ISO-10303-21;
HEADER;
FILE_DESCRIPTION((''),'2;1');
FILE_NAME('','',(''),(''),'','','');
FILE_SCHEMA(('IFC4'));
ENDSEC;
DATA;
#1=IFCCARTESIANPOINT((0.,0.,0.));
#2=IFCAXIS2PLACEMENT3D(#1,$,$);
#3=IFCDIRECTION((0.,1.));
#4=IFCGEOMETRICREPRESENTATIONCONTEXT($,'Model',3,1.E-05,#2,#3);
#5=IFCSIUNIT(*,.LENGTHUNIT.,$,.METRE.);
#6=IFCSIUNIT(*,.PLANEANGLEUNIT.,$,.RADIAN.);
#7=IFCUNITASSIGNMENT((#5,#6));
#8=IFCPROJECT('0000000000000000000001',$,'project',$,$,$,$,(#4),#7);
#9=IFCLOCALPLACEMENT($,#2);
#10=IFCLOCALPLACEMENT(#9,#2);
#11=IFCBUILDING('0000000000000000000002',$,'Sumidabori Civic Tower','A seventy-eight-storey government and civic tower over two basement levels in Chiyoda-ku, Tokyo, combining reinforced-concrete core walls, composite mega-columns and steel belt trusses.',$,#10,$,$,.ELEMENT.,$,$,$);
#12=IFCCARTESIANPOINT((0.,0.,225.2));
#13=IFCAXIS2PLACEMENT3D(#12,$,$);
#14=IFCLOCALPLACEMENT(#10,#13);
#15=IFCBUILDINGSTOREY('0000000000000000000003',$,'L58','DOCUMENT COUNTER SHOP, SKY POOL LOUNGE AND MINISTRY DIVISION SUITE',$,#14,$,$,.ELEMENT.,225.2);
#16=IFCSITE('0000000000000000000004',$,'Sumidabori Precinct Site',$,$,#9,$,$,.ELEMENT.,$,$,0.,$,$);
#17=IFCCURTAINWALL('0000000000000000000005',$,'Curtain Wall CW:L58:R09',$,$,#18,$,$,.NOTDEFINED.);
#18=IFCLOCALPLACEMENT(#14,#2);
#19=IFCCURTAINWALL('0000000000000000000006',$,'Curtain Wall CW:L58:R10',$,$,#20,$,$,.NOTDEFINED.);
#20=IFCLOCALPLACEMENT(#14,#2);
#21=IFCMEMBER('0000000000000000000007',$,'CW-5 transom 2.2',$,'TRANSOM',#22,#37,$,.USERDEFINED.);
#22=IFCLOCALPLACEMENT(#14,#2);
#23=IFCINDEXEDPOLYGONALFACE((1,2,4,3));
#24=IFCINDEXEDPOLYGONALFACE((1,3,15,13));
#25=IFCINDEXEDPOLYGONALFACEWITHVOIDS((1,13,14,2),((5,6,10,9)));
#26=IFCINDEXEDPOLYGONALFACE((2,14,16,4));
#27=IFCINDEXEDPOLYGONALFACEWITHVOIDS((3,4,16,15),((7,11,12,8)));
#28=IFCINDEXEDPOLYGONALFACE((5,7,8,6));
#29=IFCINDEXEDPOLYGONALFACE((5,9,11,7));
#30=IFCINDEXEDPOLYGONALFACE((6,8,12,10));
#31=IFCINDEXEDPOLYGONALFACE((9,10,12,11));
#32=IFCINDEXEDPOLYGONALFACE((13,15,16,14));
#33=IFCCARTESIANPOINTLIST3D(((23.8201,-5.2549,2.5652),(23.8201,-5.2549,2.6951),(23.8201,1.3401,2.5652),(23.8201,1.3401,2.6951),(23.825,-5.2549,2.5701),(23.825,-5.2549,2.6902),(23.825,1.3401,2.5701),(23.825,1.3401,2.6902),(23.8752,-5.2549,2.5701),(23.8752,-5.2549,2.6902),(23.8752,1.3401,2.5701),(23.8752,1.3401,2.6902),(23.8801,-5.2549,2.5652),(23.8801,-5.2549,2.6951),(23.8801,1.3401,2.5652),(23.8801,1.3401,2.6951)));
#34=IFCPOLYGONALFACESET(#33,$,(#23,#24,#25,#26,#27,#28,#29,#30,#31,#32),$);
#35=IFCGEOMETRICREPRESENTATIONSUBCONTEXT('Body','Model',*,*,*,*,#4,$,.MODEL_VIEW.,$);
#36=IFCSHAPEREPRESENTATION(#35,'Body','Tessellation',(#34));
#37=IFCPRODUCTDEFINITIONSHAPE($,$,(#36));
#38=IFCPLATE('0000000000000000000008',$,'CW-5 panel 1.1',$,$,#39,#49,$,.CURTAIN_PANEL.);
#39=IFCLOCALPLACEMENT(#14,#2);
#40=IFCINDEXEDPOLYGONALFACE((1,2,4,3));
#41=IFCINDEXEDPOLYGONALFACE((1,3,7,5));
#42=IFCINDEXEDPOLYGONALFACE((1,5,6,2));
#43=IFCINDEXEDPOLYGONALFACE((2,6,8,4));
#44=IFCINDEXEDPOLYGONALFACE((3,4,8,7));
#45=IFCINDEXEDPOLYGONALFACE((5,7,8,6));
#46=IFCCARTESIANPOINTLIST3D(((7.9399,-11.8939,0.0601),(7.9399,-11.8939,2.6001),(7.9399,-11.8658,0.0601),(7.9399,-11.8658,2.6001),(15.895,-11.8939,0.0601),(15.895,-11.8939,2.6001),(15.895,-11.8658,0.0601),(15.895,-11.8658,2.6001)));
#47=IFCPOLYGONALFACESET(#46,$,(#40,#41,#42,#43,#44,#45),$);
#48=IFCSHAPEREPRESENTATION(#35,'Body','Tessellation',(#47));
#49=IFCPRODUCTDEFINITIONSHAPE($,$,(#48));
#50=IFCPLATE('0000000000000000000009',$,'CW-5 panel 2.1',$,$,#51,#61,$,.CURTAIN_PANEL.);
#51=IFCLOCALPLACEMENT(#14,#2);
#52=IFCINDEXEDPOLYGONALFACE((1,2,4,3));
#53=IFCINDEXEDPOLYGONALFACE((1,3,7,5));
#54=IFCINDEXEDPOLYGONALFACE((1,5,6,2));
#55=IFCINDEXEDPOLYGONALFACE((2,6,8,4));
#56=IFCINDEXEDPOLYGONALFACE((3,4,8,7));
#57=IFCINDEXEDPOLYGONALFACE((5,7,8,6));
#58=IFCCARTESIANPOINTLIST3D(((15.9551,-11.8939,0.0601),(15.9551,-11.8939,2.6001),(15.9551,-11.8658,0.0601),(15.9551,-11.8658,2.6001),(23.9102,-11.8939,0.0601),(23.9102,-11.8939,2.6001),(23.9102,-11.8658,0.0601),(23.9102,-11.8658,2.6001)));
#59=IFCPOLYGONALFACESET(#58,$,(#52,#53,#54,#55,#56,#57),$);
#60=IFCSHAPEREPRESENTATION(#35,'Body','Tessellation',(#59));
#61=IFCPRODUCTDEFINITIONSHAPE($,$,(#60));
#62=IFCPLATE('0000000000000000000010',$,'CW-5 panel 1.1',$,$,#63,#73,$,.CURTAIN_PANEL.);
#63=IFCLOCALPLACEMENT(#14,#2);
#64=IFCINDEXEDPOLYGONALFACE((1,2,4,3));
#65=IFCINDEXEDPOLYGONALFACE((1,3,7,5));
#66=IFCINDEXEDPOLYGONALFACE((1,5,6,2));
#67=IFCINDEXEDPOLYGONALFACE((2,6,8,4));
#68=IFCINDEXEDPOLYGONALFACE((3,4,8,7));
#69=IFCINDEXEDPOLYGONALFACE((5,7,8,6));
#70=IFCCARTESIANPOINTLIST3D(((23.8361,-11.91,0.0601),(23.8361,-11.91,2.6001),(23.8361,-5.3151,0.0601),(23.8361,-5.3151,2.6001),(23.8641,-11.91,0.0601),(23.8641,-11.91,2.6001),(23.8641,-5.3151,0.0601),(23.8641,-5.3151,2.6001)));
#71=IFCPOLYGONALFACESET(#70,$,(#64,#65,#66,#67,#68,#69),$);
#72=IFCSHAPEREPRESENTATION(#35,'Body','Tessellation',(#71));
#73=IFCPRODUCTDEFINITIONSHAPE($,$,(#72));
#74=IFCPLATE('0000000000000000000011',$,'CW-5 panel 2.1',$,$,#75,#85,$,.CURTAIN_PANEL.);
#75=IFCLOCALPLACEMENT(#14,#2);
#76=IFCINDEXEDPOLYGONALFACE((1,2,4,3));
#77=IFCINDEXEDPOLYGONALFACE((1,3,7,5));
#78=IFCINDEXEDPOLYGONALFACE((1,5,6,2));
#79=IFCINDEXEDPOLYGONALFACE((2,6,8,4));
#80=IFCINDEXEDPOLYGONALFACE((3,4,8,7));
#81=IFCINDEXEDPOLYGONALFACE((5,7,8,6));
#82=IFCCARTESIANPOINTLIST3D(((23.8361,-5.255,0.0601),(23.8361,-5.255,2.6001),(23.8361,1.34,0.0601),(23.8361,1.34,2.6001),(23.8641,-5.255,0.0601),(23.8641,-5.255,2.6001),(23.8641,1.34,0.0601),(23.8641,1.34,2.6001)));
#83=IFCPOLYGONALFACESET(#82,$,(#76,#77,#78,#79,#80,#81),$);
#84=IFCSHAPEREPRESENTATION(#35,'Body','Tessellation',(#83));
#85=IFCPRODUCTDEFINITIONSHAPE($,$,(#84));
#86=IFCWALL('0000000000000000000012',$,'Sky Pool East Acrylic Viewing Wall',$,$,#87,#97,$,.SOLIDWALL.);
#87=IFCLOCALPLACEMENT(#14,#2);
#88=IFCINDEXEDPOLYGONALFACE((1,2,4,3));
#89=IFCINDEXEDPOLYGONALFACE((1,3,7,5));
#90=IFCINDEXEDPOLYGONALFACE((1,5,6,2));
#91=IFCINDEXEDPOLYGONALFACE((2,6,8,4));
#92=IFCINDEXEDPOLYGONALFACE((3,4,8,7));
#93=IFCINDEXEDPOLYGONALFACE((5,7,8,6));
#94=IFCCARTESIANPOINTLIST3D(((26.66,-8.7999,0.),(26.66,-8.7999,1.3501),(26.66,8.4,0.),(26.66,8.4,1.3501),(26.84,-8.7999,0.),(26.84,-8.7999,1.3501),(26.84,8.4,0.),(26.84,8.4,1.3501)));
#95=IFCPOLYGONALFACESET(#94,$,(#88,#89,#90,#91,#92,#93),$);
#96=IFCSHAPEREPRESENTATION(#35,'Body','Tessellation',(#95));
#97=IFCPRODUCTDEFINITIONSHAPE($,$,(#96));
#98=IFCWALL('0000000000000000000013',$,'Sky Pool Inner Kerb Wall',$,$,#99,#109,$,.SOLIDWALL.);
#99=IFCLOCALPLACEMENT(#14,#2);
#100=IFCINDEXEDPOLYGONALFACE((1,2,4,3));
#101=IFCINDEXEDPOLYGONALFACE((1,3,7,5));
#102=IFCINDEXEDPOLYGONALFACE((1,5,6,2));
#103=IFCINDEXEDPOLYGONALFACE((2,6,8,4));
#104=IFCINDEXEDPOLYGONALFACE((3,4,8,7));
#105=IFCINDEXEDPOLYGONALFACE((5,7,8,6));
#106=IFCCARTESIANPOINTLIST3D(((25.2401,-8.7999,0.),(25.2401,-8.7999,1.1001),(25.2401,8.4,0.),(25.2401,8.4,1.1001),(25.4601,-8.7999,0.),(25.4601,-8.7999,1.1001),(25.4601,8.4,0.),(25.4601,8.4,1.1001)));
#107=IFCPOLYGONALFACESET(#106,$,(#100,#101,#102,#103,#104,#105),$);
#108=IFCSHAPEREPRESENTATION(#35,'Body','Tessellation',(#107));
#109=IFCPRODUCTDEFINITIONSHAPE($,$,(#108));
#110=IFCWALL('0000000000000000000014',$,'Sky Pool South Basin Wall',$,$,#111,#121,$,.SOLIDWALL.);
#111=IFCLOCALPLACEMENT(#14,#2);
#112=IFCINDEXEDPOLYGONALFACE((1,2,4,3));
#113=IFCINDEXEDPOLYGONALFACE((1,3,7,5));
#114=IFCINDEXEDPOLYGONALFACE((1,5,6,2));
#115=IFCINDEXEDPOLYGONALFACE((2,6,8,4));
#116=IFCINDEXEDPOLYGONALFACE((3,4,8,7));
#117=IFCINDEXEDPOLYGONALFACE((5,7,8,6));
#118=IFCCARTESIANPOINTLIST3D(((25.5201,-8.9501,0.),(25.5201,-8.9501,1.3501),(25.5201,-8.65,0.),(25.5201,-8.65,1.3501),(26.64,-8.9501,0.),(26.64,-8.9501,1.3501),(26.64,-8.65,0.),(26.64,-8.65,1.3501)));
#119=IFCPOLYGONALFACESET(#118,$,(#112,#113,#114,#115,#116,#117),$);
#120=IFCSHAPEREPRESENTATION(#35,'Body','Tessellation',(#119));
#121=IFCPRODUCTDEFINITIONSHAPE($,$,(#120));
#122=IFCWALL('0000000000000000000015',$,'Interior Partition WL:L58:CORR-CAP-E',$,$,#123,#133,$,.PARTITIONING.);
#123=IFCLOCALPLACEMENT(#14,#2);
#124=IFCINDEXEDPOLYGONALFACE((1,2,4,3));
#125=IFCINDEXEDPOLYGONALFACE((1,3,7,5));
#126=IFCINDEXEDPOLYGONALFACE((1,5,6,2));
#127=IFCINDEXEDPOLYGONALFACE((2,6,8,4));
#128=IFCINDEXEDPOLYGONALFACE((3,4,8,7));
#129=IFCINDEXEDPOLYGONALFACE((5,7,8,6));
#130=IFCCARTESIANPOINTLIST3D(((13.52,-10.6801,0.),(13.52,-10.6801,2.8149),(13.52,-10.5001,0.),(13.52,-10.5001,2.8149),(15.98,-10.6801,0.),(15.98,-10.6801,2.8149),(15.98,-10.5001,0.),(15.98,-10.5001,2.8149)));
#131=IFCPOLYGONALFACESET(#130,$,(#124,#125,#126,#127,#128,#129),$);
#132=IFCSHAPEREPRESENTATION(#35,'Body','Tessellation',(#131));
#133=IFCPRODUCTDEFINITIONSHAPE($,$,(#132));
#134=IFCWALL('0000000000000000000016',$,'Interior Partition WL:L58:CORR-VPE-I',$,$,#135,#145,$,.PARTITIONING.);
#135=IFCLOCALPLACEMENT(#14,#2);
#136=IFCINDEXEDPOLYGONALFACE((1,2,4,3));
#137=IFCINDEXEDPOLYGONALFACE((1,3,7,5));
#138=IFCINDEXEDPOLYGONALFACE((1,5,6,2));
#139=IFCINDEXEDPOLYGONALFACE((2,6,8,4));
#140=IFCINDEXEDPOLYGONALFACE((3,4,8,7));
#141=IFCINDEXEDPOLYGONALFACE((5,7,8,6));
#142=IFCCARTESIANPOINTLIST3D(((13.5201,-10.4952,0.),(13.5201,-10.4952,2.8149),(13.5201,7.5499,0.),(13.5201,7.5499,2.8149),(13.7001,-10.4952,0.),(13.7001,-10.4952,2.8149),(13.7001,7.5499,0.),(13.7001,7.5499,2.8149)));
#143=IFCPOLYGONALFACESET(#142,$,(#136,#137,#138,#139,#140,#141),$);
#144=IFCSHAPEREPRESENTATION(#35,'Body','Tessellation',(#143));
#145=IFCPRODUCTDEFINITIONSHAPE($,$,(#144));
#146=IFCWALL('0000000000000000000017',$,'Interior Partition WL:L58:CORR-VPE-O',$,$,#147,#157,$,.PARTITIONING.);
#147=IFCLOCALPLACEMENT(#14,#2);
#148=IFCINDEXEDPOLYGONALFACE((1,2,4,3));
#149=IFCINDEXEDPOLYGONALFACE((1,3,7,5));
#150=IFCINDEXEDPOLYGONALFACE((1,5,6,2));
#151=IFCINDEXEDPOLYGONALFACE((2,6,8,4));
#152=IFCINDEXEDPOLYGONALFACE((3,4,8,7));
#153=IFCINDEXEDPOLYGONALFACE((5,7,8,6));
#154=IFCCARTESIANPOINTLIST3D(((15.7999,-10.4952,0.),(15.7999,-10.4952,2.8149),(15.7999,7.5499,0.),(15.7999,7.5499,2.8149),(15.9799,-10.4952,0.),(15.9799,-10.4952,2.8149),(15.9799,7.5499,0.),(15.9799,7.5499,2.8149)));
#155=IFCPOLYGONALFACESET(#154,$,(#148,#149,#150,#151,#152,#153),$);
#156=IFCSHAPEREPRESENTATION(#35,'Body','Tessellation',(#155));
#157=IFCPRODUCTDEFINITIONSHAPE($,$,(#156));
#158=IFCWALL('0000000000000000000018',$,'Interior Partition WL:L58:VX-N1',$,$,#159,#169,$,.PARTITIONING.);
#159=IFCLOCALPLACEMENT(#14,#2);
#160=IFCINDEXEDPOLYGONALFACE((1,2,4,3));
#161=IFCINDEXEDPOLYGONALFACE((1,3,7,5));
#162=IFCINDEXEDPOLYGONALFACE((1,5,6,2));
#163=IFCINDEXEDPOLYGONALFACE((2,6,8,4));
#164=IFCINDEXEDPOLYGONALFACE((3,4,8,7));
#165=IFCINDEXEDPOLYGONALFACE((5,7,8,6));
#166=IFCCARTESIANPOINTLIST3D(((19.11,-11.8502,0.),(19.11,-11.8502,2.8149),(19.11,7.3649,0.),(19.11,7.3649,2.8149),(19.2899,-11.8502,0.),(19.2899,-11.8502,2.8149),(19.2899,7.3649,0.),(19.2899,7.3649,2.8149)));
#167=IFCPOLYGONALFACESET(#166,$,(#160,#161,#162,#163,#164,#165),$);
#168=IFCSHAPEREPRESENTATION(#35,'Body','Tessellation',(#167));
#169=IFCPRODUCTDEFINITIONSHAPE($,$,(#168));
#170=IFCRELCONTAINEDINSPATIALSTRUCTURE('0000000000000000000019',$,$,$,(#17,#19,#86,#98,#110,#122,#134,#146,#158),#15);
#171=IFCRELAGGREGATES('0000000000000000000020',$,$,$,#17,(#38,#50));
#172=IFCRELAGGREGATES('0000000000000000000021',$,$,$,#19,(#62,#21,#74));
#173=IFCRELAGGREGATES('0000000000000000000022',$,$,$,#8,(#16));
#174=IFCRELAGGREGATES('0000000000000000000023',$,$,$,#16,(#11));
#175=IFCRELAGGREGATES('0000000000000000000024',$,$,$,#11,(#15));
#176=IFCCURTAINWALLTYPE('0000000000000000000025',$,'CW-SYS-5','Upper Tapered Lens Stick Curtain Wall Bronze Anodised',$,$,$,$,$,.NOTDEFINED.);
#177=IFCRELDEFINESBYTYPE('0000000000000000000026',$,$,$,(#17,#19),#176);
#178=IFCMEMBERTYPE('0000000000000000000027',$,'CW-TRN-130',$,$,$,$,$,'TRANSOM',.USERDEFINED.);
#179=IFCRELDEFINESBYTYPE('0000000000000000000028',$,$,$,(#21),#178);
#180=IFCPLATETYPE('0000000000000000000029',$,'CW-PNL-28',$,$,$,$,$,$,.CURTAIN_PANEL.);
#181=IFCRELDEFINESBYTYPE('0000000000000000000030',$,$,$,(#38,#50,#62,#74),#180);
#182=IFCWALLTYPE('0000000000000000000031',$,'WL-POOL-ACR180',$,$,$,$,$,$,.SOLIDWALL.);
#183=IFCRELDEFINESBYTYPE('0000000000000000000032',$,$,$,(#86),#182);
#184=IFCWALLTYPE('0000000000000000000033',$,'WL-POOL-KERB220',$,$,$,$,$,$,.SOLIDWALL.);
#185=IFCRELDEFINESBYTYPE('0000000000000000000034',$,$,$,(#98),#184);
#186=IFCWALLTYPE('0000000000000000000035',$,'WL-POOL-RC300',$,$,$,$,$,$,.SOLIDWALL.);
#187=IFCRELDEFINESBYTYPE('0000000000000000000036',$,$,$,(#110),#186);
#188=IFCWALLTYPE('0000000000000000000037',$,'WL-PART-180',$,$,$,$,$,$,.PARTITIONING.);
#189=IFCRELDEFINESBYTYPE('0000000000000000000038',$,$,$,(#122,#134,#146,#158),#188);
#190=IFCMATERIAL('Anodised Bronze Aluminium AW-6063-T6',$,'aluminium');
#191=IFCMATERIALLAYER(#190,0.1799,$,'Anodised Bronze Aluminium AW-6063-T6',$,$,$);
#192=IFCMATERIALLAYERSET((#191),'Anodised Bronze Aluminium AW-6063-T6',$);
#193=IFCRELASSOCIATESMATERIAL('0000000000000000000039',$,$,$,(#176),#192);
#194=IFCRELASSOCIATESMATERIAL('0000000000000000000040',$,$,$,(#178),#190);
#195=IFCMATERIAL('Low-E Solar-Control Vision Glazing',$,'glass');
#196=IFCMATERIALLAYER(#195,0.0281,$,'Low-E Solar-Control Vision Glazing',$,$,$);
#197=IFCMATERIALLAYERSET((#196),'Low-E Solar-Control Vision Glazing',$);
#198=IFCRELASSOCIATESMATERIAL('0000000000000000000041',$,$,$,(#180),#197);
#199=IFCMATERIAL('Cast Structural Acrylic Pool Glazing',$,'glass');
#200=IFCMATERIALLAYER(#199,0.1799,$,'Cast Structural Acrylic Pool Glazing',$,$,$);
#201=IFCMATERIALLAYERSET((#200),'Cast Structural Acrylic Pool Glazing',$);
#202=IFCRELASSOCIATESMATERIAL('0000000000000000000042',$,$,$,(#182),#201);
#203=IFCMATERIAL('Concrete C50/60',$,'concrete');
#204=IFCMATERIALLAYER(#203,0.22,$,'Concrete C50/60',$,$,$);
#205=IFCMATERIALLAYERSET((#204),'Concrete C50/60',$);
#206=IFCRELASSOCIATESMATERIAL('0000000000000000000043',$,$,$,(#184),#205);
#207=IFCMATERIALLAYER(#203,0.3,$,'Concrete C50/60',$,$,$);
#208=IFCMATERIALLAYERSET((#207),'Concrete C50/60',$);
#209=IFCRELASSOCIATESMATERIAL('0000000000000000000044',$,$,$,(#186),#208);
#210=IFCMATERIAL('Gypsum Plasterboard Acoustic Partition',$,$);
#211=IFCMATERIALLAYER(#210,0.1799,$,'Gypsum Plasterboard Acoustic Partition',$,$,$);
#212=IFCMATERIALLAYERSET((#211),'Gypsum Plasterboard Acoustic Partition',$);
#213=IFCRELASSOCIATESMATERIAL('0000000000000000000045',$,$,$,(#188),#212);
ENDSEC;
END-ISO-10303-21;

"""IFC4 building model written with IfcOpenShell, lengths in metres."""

from ifc_helpers import new_model, si_unit, direction, frame, frame_2d, origin, origin_2d, place, context, subcontext, project, spatial, rectangle, hollow_rectangle, extrude, source, transform, mapped, material, layer, layer_set, material_profile, profile_set, type_object, element, aggregate, save


model = new_model("IFC4")

# Units and contexts
model_context = context("Model", 3, precision=1e-05, world=origin(), true_north=direction((0.0, 1.0)))
body_context = subcontext(model_context, "Body", "Model", "MODEL_VIEW")
ifc_project = project(units=[si_unit("LENGTHUNIT", "METRE"), si_unit("PLANEANGLEUNIT", "RADIAN")], contexts=[model_context])

# Site, building, storey
site_placement = place(None, origin())
site = spatial("IfcSite", under=ifc_project, at=site_placement, Name="Sumidabori Precinct Site", CompositionType="ELEMENT", RefElevation=0.0)
building_placement = place(site_placement, origin())
building = spatial("IfcBuilding", under=site, at=building_placement, Name="Sumidabori Civic Tower", Description="A seventy-eight-storey government and civic tower over two basement levels in Chiyoda-ku, Tokyo, combining reinforced-concrete core walls, composite mega-columns and steel belt trusses.", CompositionType="ELEMENT")
storey_placement = place(building_placement, frame((0.0, 0.0, 225.2)))
storey = spatial("IfcBuildingStorey", under=building, at=storey_placement, Name="L58", Description="DOCUMENT COUNTER SHOP, SKY POOL LOUNGE AND MINISTRY DIVISION SUITE", CompositionType="ELEMENT", Elevation=225.2)

# Curtain walls, member
ifc_material_1 = material(Name="Anodised Bronze Aluminium AW-6063-T6", Category="aluminium")
ifc_layer_1 = layer(ifc_material_1, 0.1799, Name="Anodised Bronze Aluminium AW-6063-T6")
ifc_layer_set_1 = layer_set([ifc_layer_1], Name="Anodised Bronze Aluminium AW-6063-T6")
curtain_wall_type = type_object("IfcCurtainWallType", Name="CW-SYS-5", Description="Upper Tapered Lens Stick Curtain Wall Bronze Anodised", PredefinedType="NOTDEFINED", material=ifc_layer_set_1)
curtain_wall_1_placement = place(storey_placement, origin())
curtain_wall_1 = element("IfcCurtainWall", 1, at=curtain_wall_1_placement, inside=storey, type_object=curtain_wall_type, Name="Curtain Wall CW:L58:R09", PredefinedType="NOTDEFINED")
ifc_material_profile_1 = material_profile(ifc_material_1, hollow_rectangle(XDim=0.0601, YDim=0.1299, WallThickness=0.0049, at=origin_2d()), Name="ALU TRANSOM 130x60")
ifc_profile_set_1 = profile_set([ifc_material_profile_1], Name="Anodised Bronze Aluminium AW-6063-T6")
member_type_1 = type_object("IfcMemberType", Name="CW-TRN-130", ElementType="TRANSOM", PredefinedType="USERDEFINED", material=ifc_profile_set_1)
curtain_wall_2_placement = place(storey_placement, origin())
curtain_wall_2 = element("IfcCurtainWall", 2, at=curtain_wall_2_placement, inside=storey, type_object=curtain_wall_type, Name="Curtain Wall CW:L58:R10", PredefinedType="NOTDEFINED")
shared_shape_1 = source(origin(), body_context, "Body", "SweptSolid", [
    extrude(hollow_rectangle(XDim=0.0601, YDim=0.1299, WallThickness=0.0049, at=origin_2d()), origin(), (0.0, 0.0, 1.0), 6.595),
])
member_1_placement = place(storey_placement, frame((23.8501, -5.2549, 2.6301), z_axis=(0.0, 1.0, 0.0), x_axis=(-1.0, 0.0, 0.0)))
member_1 = element("IfcMember", 3, at=member_1_placement, type_object=member_type_1, Name="CW-5 transom 2.2", ObjectType="TRANSOM", PredefinedType="USERDEFINED", context=body_context, shape_type="MappedRepresentation", body=[
    mapped(shared_shape_1, transform((0.0, 0.0, 0.0), x_axis=(1.0, 0.0, 0.0), y_axis=(0.0, 1.0, 0.0), z_axis=(0.0, 0.0, 1.0), scale=1.0)),
])

# Plates
ifc_material_2 = material(Name="Low-E Solar-Control Vision Glazing", Category="glass")
ifc_layer_2 = layer(ifc_material_2, 0.0281, Name="Low-E Solar-Control Vision Glazing")
ifc_layer_set_2 = layer_set([ifc_layer_2], Name="Low-E Solar-Control Vision Glazing")
plate_type = type_object("IfcPlateType", Name="CW-PNL-28", PredefinedType="CURTAIN_PANEL", material=ifc_layer_set_2)
shared_shape_2 = source(origin(), body_context, "Body", "SweptSolid", [
    extrude(rectangle(XDim=7.9551, YDim=0.0281, at=origin_2d()), origin(), (0.0, 0.0, 1.0), 2.54),
])
plate_1_placement = place(storey_placement, frame((11.9175, -11.8799, 0.0601), z_axis=(0.0, 0.0, 1.0), x_axis=(1.0, 0.0, 0.0)))
plate_1 = element("IfcPlate", 4, at=plate_1_placement, type_object=plate_type, Name="CW-5 panel 1.1", PredefinedType="CURTAIN_PANEL", context=body_context, shape_type="MappedRepresentation", body=[
    mapped(shared_shape_2, transform((0.0, 0.0, 0.0), x_axis=(1.0, 0.0, 0.0), y_axis=(0.0, 1.0, 0.0), z_axis=(0.0, 0.0, 1.0), scale=1.0)),
])
plate_2_placement = place(storey_placement, frame((19.9326, -11.8799, 0.0601), z_axis=(0.0, 0.0, 1.0), x_axis=(1.0, 0.0, 0.0)))
plate_2 = element("IfcPlate", 5, at=plate_2_placement, type_object=plate_type, Name="CW-5 panel 2.1", PredefinedType="CURTAIN_PANEL", context=body_context, shape_type="MappedRepresentation", body=[
    mapped(shared_shape_2, transform((0.0, 0.0, 0.0), x_axis=(1.0, 0.0, 0.0), y_axis=(0.0, 1.0, 0.0), z_axis=(0.0, 0.0, 1.0), scale=1.0)),
])
aggregate(curtain_wall_1, [plate_1, plate_2])
shared_shape_3 = source(origin(), body_context, "Body", "SweptSolid", [
    extrude(rectangle(XDim=6.595, YDim=0.0281, at=origin_2d()), origin(), (0.0, 0.0, 1.0), 2.54),
])
plate_3_placement = place(storey_placement, frame((23.8501, -8.6125, 0.0601), z_axis=(0.0, 0.0, 1.0), x_axis=(0.0, 1.0, 0.0)))
plate_3 = element("IfcPlate", 6, at=plate_3_placement, type_object=plate_type, Name="CW-5 panel 1.1", PredefinedType="CURTAIN_PANEL", context=body_context, shape_type="MappedRepresentation", body=[
    mapped(shared_shape_3, transform((0.0, 0.0, 0.0), x_axis=(1.0, 0.0, 0.0), y_axis=(0.0, 1.0, 0.0), z_axis=(0.0, 0.0, 1.0), scale=1.0)),
])
plate_4_placement = place(storey_placement, frame((23.8501, -1.9575, 0.0601), z_axis=(0.0, 0.0, 1.0), x_axis=(0.0, 1.0, 0.0)))
plate_4 = element("IfcPlate", 7, at=plate_4_placement, type_object=plate_type, Name="CW-5 panel 2.1", PredefinedType="CURTAIN_PANEL", context=body_context, shape_type="MappedRepresentation", body=[
    mapped(shared_shape_3, transform((0.0, 0.0, 0.0), x_axis=(1.0, 0.0, 0.0), y_axis=(0.0, 1.0, 0.0), z_axis=(0.0, 0.0, 1.0), scale=1.0)),
])
aggregate(curtain_wall_2, [plate_3, member_1, plate_4])

# Walls
ifc_material_3 = material(Name="Cast Structural Acrylic Pool Glazing", Category="glass")
ifc_layer_3 = layer(ifc_material_3, 0.1799, Name="Cast Structural Acrylic Pool Glazing")
ifc_layer_set_3 = layer_set([ifc_layer_3], Name="Cast Structural Acrylic Pool Glazing")
wall_type_1 = type_object("IfcWallType", Name="WL-POOL-ACR180", PredefinedType="SOLIDWALL", material=ifc_layer_set_3)
shared_shape_4 = source(origin(), body_context, "Body", "SweptSolid", [
    extrude(rectangle(XDim=17.2, YDim=0.1799, at=frame_2d((8.6001, 0.0))), origin(), (0.0, 0.0, 1.0), 1.3501),
])
wall_1_placement = place(storey_placement, frame((26.75, -8.8, 0.0), z_axis=(0.0, 0.0, 1.0), x_axis=(0.0, 1.0, 0.0)))
element("IfcWall", 8, at=wall_1_placement, inside=storey, type_object=wall_type_1, Name="Sky Pool East Acrylic Viewing Wall", PredefinedType="SOLIDWALL", context=body_context, shape_type="MappedRepresentation", body=[
    mapped(shared_shape_4, transform((0.0, 0.0, 0.0), x_axis=(1.0, 0.0, 0.0), y_axis=(0.0, 1.0, 0.0), z_axis=(0.0, 0.0, 1.0), scale=1.0)),
])
ifc_material_4 = material(Name="Concrete C50/60", Category="concrete")
ifc_layer_4 = layer(ifc_material_4, 0.22, Name="Concrete C50/60")
ifc_layer_set_4 = layer_set([ifc_layer_4], Name="Concrete C50/60")
wall_type_2 = type_object("IfcWallType", Name="WL-POOL-KERB220", PredefinedType="SOLIDWALL", material=ifc_layer_set_4)
shared_shape_5 = source(origin(), body_context, "Body", "SweptSolid", [
    extrude(rectangle(XDim=17.2, YDim=0.22, at=frame_2d((8.6001, 0.0))), origin(), (0.0, 0.0, 1.0), 1.1001),
])
wall_2_placement = place(storey_placement, frame((25.3501, -8.8, 0.0), z_axis=(0.0, 0.0, 1.0), x_axis=(0.0, 1.0, 0.0)))
element("IfcWall", 9, at=wall_2_placement, inside=storey, type_object=wall_type_2, Name="Sky Pool Inner Kerb Wall", PredefinedType="SOLIDWALL", context=body_context, shape_type="MappedRepresentation", body=[
    mapped(shared_shape_5, transform((0.0, 0.0, 0.0), x_axis=(1.0, 0.0, 0.0), y_axis=(0.0, 1.0, 0.0), z_axis=(0.0, 0.0, 1.0), scale=1.0)),
])
ifc_layer_5 = layer(ifc_material_4, 0.3, Name="Concrete C50/60")
ifc_layer_set_5 = layer_set([ifc_layer_5], Name="Concrete C50/60")
wall_type_3 = type_object("IfcWallType", Name="WL-POOL-RC300", PredefinedType="SOLIDWALL", material=ifc_layer_set_5)
shared_shape_6 = source(origin(), body_context, "Body", "SweptSolid", [
    extrude(rectangle(XDim=1.1199, YDim=0.3, at=frame_2d((0.5601, 0.0))), origin(), (0.0, 0.0, 1.0), 1.3501),
])
wall_3_placement = place(storey_placement, frame((25.52, -8.8, 0.0), z_axis=(0.0, 0.0, 1.0), x_axis=(1.0, 0.0, 0.0)))
element("IfcWall", 10, at=wall_3_placement, inside=storey, type_object=wall_type_3, Name="Sky Pool South Basin Wall", PredefinedType="SOLIDWALL", context=body_context, shape_type="MappedRepresentation", body=[
    mapped(shared_shape_6, transform((0.0, 0.0, 0.0), x_axis=(1.0, 0.0, 0.0), y_axis=(0.0, 1.0, 0.0), z_axis=(0.0, 0.0, 1.0), scale=1.0)),
])
ifc_material_5 = material(Name="Gypsum Plasterboard Acoustic Partition")
ifc_layer_6 = layer(ifc_material_5, 0.1799, Name="Gypsum Plasterboard Acoustic Partition")
ifc_layer_set_6 = layer_set([ifc_layer_6], Name="Gypsum Plasterboard Acoustic Partition")
wall_type_4 = type_object("IfcWallType", Name="WL-PART-180", PredefinedType="PARTITIONING", material=ifc_layer_set_6)
shared_shape_7 = source(origin(), body_context, "Body", "SweptSolid", [
    extrude(rectangle(XDim=2.46, YDim=0.1799, at=frame_2d((1.23, 0.0))), origin(), (0.0, 0.0, 1.0), 2.8149),
])
wall_4_placement = place(storey_placement, frame((13.52, -10.5901, 0.0), z_axis=(0.0, 0.0, 1.0), x_axis=(1.0, 0.0, 0.0)))
element("IfcWall", 11, at=wall_4_placement, inside=storey, type_object=wall_type_4, Name="Interior Partition WL:L58:CORR-CAP-E", PredefinedType="PARTITIONING", context=body_context, shape_type="MappedRepresentation", body=[
    mapped(shared_shape_7, transform((0.0, 0.0, 0.0), x_axis=(1.0, 0.0, 0.0), y_axis=(0.0, 1.0, 0.0), z_axis=(0.0, 0.0, 1.0), scale=1.0)),
])
shared_shape_8 = source(origin(), body_context, "Body", "SweptSolid", [
    extrude(rectangle(XDim=18.0452, YDim=0.1799, at=frame_2d((9.0225, 0.0))), origin(), (0.0, 0.0, 1.0), 2.8149),
])
for number, where, z_axis, x_axis, name in (
    (12, (13.6101, -10.4951, 0.0), (0.0, 0.0, 1.0), (0.0, 1.0, 0.0), "Interior Partition WL:L58:CORR-VPE-I"),
    (13, (15.8899, -10.4951, 0.0), (0.0, 0.0, 1.0), (0.0, 1.0, 0.0), "Interior Partition WL:L58:CORR-VPE-O"),
):
    element("IfcWall", number, at=place(storey_placement, frame(where, z_axis=z_axis, x_axis=x_axis)), inside=storey, type_object=wall_type_4, Name=name, PredefinedType="PARTITIONING", context=body_context, shape_type="MappedRepresentation", body=[
        mapped(shared_shape_8, transform((0.0, 0.0, 0.0), x_axis=(1.0, 0.0, 0.0), y_axis=(0.0, 1.0, 0.0), z_axis=(0.0, 0.0, 1.0), scale=1.0)),
    ])
shared_shape_9 = source(origin(), body_context, "Body", "SweptSolid", [
    extrude(rectangle(XDim=19.2151, YDim=0.1799, at=frame_2d((9.6074, 0.0))), origin(), (0.0, 0.0, 1.0), 2.8149),
])
wall_5_placement = place(storey_placement, frame((19.2, -11.8501, 0.0), z_axis=(0.0, 0.0, 1.0), x_axis=(0.0, 1.0, 0.0)))
element("IfcWall", 14, at=wall_5_placement, inside=storey, type_object=wall_type_4, Name="Interior Partition WL:L58:VX-N1", PredefinedType="PARTITIONING", context=body_context, shape_type="MappedRepresentation", body=[
    mapped(shared_shape_9, transform((0.0, 0.0, 0.0), x_axis=(1.0, 0.0, 0.0), y_axis=(0.0, 1.0, 0.0), z_axis=(0.0, 0.0, 1.0), scale=1.0)),
])

save(model, "model.ifc")
